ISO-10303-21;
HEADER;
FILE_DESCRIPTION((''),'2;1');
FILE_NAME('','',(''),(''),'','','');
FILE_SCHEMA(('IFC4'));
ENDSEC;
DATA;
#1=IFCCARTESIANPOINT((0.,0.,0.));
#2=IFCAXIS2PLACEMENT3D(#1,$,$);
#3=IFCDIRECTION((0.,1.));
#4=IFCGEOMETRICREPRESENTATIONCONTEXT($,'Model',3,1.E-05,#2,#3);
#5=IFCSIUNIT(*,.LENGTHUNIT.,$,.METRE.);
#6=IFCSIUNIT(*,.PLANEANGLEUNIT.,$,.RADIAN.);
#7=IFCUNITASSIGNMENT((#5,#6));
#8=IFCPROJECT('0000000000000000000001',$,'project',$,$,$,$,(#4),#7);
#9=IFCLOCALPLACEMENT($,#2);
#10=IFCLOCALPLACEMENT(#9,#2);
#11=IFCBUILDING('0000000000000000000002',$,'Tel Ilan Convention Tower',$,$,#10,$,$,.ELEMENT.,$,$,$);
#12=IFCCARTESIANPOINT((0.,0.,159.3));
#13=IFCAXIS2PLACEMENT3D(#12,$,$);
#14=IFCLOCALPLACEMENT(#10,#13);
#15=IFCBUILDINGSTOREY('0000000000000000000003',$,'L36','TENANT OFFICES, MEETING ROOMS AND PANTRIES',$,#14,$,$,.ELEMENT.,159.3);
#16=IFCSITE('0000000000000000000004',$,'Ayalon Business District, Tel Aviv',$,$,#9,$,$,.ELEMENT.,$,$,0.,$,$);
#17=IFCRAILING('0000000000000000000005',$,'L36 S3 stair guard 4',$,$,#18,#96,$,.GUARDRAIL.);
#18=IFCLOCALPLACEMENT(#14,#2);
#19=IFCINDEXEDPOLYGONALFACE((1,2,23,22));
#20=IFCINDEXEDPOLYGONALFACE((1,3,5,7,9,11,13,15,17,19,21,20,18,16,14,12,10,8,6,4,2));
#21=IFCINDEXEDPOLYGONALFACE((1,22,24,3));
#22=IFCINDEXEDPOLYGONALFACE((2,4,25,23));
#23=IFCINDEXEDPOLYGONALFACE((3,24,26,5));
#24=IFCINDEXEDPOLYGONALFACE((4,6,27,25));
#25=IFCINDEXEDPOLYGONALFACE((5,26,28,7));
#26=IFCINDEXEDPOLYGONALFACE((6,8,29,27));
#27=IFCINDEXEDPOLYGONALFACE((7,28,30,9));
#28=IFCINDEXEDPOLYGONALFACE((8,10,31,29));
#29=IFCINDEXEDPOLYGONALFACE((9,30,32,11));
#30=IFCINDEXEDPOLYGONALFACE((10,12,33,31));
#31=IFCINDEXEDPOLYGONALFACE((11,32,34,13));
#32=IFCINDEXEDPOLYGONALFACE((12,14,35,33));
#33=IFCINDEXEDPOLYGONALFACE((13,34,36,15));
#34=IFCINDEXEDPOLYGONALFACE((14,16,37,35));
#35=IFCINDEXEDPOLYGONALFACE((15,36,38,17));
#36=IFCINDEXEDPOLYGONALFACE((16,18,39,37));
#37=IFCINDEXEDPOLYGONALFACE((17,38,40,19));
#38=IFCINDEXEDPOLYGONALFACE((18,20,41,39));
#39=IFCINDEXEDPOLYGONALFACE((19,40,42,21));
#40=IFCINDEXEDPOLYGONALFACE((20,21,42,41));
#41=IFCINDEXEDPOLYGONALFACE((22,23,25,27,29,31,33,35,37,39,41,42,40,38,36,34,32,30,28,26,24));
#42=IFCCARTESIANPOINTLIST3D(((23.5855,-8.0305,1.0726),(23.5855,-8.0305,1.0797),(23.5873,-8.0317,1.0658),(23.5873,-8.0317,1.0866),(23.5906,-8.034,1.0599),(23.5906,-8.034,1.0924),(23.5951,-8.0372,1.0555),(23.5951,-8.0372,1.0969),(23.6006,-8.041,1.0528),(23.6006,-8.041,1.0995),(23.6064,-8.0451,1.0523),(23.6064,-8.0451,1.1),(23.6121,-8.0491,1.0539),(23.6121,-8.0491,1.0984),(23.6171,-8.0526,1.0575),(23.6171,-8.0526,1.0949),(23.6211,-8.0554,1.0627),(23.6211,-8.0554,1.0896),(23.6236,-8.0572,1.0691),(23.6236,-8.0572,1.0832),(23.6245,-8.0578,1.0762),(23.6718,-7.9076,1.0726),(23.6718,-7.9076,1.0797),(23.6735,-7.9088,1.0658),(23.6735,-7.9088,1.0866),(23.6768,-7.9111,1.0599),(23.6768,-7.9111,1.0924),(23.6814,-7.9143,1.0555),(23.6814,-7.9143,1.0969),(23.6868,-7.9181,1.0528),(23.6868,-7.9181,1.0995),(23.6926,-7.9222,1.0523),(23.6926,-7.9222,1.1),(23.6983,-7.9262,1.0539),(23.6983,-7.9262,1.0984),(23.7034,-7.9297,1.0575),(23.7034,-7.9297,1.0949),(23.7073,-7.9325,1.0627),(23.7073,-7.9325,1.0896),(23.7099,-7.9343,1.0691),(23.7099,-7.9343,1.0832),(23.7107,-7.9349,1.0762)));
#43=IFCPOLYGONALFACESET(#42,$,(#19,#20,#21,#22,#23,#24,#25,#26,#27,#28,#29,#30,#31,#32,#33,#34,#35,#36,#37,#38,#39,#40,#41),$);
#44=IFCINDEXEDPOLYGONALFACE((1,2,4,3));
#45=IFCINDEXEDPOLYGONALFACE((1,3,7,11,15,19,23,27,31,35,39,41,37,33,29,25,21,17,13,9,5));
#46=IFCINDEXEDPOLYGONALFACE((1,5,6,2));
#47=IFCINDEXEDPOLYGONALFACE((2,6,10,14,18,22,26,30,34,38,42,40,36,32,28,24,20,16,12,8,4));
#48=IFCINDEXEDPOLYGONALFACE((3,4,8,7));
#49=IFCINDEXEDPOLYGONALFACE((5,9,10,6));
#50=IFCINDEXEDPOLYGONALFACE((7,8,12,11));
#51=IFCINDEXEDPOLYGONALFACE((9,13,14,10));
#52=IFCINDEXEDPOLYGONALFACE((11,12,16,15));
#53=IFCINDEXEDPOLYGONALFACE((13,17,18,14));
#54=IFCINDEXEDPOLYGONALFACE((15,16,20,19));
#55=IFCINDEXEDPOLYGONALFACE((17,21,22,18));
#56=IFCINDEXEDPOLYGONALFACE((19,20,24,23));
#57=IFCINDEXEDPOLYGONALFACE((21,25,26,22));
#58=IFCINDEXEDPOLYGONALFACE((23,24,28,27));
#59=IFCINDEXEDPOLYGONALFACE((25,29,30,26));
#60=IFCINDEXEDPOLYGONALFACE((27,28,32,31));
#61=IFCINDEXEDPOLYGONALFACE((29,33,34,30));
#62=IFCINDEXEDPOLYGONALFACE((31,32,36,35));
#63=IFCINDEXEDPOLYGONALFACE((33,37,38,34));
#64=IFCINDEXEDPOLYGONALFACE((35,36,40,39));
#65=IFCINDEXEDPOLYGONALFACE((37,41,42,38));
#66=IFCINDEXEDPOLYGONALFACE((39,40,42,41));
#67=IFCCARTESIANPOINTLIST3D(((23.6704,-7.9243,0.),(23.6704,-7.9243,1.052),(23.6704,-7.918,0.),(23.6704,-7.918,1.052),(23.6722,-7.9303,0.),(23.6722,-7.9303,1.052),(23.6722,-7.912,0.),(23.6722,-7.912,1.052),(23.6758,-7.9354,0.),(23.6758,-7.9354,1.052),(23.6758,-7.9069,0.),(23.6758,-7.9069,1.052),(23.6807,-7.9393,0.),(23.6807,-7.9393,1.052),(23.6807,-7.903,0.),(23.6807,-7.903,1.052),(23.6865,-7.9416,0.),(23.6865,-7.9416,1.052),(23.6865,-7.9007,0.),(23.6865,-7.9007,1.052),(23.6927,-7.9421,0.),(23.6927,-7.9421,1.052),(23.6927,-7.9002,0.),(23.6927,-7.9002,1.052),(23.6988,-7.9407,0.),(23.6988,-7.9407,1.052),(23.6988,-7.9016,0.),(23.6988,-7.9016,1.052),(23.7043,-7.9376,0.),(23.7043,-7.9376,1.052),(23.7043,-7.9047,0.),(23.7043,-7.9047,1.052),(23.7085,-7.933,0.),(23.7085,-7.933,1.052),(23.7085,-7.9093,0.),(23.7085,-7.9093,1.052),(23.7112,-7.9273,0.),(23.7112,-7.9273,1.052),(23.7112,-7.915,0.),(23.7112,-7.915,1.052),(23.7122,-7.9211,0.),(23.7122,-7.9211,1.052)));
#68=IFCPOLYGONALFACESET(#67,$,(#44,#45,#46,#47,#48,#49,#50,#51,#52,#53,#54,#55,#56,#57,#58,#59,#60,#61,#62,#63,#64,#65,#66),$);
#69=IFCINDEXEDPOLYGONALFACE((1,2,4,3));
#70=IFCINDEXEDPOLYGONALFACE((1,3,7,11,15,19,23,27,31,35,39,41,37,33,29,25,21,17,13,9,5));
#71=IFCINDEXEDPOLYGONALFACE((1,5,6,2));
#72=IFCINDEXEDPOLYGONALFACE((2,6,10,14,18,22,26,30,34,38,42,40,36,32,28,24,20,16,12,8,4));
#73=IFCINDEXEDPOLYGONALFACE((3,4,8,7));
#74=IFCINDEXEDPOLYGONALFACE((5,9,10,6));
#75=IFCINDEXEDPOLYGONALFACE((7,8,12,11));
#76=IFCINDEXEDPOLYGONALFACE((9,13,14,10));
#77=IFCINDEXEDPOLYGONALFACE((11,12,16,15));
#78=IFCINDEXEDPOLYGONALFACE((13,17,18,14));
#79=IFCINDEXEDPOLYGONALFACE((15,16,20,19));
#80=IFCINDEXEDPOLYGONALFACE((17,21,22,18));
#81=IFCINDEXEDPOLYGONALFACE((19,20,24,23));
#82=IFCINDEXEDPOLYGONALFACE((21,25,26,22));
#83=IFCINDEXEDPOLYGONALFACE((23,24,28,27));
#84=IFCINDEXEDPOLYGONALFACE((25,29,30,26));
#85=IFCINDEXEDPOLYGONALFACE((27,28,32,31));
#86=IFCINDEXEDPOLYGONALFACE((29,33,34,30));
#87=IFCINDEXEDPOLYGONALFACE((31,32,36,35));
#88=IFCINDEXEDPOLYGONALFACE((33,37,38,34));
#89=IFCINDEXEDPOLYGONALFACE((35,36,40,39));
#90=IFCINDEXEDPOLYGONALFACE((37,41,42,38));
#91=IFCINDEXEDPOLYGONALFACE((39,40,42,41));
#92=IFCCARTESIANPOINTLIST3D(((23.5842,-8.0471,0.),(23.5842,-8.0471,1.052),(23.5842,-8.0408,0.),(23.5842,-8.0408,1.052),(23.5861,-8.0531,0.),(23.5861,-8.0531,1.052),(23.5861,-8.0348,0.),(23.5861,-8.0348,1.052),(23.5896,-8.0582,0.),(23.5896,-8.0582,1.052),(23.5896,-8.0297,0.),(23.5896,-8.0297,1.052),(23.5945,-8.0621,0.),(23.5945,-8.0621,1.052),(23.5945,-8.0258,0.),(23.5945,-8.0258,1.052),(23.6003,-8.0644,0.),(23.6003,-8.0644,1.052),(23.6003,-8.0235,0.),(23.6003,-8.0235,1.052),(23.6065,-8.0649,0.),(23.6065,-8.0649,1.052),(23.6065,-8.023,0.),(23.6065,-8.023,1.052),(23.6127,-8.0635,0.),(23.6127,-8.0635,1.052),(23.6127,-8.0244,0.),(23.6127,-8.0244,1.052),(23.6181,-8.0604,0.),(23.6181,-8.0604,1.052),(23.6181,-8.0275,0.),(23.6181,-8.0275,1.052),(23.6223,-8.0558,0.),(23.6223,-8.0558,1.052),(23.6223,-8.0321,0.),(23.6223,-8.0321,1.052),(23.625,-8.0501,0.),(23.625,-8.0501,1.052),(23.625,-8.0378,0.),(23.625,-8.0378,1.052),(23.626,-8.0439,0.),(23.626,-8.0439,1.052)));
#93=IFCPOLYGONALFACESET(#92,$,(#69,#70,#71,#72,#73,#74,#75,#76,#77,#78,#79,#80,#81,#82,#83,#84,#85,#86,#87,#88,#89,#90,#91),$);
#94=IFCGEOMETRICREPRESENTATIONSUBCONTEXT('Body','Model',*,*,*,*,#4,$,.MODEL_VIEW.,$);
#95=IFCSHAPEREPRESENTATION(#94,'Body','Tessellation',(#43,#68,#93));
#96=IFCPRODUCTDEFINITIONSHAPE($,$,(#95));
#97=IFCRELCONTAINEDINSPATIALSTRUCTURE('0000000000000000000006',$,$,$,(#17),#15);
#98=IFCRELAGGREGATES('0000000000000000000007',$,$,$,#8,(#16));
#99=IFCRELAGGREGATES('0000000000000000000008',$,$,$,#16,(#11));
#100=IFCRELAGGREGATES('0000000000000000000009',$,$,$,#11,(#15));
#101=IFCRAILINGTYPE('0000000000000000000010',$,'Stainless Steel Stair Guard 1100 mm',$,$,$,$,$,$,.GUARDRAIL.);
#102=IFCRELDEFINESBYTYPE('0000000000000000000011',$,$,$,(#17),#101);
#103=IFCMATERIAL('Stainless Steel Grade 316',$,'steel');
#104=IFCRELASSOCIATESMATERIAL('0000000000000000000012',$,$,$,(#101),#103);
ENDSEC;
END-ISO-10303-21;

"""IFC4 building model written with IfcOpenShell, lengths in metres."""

from ifc_helpers import new_model, si_unit, direction, frame, origin, origin_2d, place, context, subcontext, project, spatial, circle, extrude, material, type_object, element, save


model = new_model("IFC4")

# Units and contexts
model_context = context("Model", 3, precision=1e-05, world=origin(), true_north=direction((0.0, 1.0)))
body_context = subcontext(model_context, "Body", "Model", "MODEL_VIEW")
ifc_project = project(units=[si_unit("LENGTHUNIT", "METRE"), si_unit("PLANEANGLEUNIT", "RADIAN")], contexts=[model_context])

# Site, building, storey
site_placement = place(None, origin())
site = spatial("IfcSite", under=ifc_project, at=site_placement, Name="Ayalon Business District, Tel Aviv", CompositionType="ELEMENT", RefElevation=0.0)
building_placement = place(site_placement, origin())
building = spatial("IfcBuilding", under=site, at=building_placement, Name="Tel Ilan Convention Tower", CompositionType="ELEMENT")
storey_placement = place(building_placement, frame((0.0, 0.0, 159.3)))
storey = spatial("IfcBuildingStorey", under=building, at=storey_placement, Name="L36", Description="TENANT OFFICES, MEETING ROOMS AND PANTRIES", CompositionType="ELEMENT", Elevation=159.3)

# Railing
ifc_material_1 = material(Name="Stainless Steel Grade 316", Category="steel")
railing_type_1 = type_object("IfcRailingType", Name="Stainless Steel Stair Guard 1100 mm", PredefinedType="GUARDRAIL", material=ifc_material_1)
railing_1_placement = place(storey_placement, frame((23.6912, -7.9211, 0.0)))
element("IfcRailing", 1, at=railing_1_placement, inside=storey, type_object=railing_type_1, Name="L36 S3 stair guard 4", PredefinedType="GUARDRAIL", context=body_context, shape_type="SweptSolid", body=[
    extrude(circle(Radius=0.0239, at=origin_2d()), frame((0.0, 0.0, 1.0762), z_axis=(-0.574445, -0.818543, 0.0), x_axis=(0.818543, -0.574445, 0.0)), (0.0, 0.0, 1.0), 0.1501),
    extrude(circle(Radius=0.021, at=origin_2d()), origin(), (0.0, 0.0, 1.0), 1.052),
    extrude(circle(Radius=0.021, at=origin_2d()), frame((-0.0862, -0.1228, 0.0)), (0.0, 0.0, 1.0), 1.052),
])

save(model, "model.ifc")
